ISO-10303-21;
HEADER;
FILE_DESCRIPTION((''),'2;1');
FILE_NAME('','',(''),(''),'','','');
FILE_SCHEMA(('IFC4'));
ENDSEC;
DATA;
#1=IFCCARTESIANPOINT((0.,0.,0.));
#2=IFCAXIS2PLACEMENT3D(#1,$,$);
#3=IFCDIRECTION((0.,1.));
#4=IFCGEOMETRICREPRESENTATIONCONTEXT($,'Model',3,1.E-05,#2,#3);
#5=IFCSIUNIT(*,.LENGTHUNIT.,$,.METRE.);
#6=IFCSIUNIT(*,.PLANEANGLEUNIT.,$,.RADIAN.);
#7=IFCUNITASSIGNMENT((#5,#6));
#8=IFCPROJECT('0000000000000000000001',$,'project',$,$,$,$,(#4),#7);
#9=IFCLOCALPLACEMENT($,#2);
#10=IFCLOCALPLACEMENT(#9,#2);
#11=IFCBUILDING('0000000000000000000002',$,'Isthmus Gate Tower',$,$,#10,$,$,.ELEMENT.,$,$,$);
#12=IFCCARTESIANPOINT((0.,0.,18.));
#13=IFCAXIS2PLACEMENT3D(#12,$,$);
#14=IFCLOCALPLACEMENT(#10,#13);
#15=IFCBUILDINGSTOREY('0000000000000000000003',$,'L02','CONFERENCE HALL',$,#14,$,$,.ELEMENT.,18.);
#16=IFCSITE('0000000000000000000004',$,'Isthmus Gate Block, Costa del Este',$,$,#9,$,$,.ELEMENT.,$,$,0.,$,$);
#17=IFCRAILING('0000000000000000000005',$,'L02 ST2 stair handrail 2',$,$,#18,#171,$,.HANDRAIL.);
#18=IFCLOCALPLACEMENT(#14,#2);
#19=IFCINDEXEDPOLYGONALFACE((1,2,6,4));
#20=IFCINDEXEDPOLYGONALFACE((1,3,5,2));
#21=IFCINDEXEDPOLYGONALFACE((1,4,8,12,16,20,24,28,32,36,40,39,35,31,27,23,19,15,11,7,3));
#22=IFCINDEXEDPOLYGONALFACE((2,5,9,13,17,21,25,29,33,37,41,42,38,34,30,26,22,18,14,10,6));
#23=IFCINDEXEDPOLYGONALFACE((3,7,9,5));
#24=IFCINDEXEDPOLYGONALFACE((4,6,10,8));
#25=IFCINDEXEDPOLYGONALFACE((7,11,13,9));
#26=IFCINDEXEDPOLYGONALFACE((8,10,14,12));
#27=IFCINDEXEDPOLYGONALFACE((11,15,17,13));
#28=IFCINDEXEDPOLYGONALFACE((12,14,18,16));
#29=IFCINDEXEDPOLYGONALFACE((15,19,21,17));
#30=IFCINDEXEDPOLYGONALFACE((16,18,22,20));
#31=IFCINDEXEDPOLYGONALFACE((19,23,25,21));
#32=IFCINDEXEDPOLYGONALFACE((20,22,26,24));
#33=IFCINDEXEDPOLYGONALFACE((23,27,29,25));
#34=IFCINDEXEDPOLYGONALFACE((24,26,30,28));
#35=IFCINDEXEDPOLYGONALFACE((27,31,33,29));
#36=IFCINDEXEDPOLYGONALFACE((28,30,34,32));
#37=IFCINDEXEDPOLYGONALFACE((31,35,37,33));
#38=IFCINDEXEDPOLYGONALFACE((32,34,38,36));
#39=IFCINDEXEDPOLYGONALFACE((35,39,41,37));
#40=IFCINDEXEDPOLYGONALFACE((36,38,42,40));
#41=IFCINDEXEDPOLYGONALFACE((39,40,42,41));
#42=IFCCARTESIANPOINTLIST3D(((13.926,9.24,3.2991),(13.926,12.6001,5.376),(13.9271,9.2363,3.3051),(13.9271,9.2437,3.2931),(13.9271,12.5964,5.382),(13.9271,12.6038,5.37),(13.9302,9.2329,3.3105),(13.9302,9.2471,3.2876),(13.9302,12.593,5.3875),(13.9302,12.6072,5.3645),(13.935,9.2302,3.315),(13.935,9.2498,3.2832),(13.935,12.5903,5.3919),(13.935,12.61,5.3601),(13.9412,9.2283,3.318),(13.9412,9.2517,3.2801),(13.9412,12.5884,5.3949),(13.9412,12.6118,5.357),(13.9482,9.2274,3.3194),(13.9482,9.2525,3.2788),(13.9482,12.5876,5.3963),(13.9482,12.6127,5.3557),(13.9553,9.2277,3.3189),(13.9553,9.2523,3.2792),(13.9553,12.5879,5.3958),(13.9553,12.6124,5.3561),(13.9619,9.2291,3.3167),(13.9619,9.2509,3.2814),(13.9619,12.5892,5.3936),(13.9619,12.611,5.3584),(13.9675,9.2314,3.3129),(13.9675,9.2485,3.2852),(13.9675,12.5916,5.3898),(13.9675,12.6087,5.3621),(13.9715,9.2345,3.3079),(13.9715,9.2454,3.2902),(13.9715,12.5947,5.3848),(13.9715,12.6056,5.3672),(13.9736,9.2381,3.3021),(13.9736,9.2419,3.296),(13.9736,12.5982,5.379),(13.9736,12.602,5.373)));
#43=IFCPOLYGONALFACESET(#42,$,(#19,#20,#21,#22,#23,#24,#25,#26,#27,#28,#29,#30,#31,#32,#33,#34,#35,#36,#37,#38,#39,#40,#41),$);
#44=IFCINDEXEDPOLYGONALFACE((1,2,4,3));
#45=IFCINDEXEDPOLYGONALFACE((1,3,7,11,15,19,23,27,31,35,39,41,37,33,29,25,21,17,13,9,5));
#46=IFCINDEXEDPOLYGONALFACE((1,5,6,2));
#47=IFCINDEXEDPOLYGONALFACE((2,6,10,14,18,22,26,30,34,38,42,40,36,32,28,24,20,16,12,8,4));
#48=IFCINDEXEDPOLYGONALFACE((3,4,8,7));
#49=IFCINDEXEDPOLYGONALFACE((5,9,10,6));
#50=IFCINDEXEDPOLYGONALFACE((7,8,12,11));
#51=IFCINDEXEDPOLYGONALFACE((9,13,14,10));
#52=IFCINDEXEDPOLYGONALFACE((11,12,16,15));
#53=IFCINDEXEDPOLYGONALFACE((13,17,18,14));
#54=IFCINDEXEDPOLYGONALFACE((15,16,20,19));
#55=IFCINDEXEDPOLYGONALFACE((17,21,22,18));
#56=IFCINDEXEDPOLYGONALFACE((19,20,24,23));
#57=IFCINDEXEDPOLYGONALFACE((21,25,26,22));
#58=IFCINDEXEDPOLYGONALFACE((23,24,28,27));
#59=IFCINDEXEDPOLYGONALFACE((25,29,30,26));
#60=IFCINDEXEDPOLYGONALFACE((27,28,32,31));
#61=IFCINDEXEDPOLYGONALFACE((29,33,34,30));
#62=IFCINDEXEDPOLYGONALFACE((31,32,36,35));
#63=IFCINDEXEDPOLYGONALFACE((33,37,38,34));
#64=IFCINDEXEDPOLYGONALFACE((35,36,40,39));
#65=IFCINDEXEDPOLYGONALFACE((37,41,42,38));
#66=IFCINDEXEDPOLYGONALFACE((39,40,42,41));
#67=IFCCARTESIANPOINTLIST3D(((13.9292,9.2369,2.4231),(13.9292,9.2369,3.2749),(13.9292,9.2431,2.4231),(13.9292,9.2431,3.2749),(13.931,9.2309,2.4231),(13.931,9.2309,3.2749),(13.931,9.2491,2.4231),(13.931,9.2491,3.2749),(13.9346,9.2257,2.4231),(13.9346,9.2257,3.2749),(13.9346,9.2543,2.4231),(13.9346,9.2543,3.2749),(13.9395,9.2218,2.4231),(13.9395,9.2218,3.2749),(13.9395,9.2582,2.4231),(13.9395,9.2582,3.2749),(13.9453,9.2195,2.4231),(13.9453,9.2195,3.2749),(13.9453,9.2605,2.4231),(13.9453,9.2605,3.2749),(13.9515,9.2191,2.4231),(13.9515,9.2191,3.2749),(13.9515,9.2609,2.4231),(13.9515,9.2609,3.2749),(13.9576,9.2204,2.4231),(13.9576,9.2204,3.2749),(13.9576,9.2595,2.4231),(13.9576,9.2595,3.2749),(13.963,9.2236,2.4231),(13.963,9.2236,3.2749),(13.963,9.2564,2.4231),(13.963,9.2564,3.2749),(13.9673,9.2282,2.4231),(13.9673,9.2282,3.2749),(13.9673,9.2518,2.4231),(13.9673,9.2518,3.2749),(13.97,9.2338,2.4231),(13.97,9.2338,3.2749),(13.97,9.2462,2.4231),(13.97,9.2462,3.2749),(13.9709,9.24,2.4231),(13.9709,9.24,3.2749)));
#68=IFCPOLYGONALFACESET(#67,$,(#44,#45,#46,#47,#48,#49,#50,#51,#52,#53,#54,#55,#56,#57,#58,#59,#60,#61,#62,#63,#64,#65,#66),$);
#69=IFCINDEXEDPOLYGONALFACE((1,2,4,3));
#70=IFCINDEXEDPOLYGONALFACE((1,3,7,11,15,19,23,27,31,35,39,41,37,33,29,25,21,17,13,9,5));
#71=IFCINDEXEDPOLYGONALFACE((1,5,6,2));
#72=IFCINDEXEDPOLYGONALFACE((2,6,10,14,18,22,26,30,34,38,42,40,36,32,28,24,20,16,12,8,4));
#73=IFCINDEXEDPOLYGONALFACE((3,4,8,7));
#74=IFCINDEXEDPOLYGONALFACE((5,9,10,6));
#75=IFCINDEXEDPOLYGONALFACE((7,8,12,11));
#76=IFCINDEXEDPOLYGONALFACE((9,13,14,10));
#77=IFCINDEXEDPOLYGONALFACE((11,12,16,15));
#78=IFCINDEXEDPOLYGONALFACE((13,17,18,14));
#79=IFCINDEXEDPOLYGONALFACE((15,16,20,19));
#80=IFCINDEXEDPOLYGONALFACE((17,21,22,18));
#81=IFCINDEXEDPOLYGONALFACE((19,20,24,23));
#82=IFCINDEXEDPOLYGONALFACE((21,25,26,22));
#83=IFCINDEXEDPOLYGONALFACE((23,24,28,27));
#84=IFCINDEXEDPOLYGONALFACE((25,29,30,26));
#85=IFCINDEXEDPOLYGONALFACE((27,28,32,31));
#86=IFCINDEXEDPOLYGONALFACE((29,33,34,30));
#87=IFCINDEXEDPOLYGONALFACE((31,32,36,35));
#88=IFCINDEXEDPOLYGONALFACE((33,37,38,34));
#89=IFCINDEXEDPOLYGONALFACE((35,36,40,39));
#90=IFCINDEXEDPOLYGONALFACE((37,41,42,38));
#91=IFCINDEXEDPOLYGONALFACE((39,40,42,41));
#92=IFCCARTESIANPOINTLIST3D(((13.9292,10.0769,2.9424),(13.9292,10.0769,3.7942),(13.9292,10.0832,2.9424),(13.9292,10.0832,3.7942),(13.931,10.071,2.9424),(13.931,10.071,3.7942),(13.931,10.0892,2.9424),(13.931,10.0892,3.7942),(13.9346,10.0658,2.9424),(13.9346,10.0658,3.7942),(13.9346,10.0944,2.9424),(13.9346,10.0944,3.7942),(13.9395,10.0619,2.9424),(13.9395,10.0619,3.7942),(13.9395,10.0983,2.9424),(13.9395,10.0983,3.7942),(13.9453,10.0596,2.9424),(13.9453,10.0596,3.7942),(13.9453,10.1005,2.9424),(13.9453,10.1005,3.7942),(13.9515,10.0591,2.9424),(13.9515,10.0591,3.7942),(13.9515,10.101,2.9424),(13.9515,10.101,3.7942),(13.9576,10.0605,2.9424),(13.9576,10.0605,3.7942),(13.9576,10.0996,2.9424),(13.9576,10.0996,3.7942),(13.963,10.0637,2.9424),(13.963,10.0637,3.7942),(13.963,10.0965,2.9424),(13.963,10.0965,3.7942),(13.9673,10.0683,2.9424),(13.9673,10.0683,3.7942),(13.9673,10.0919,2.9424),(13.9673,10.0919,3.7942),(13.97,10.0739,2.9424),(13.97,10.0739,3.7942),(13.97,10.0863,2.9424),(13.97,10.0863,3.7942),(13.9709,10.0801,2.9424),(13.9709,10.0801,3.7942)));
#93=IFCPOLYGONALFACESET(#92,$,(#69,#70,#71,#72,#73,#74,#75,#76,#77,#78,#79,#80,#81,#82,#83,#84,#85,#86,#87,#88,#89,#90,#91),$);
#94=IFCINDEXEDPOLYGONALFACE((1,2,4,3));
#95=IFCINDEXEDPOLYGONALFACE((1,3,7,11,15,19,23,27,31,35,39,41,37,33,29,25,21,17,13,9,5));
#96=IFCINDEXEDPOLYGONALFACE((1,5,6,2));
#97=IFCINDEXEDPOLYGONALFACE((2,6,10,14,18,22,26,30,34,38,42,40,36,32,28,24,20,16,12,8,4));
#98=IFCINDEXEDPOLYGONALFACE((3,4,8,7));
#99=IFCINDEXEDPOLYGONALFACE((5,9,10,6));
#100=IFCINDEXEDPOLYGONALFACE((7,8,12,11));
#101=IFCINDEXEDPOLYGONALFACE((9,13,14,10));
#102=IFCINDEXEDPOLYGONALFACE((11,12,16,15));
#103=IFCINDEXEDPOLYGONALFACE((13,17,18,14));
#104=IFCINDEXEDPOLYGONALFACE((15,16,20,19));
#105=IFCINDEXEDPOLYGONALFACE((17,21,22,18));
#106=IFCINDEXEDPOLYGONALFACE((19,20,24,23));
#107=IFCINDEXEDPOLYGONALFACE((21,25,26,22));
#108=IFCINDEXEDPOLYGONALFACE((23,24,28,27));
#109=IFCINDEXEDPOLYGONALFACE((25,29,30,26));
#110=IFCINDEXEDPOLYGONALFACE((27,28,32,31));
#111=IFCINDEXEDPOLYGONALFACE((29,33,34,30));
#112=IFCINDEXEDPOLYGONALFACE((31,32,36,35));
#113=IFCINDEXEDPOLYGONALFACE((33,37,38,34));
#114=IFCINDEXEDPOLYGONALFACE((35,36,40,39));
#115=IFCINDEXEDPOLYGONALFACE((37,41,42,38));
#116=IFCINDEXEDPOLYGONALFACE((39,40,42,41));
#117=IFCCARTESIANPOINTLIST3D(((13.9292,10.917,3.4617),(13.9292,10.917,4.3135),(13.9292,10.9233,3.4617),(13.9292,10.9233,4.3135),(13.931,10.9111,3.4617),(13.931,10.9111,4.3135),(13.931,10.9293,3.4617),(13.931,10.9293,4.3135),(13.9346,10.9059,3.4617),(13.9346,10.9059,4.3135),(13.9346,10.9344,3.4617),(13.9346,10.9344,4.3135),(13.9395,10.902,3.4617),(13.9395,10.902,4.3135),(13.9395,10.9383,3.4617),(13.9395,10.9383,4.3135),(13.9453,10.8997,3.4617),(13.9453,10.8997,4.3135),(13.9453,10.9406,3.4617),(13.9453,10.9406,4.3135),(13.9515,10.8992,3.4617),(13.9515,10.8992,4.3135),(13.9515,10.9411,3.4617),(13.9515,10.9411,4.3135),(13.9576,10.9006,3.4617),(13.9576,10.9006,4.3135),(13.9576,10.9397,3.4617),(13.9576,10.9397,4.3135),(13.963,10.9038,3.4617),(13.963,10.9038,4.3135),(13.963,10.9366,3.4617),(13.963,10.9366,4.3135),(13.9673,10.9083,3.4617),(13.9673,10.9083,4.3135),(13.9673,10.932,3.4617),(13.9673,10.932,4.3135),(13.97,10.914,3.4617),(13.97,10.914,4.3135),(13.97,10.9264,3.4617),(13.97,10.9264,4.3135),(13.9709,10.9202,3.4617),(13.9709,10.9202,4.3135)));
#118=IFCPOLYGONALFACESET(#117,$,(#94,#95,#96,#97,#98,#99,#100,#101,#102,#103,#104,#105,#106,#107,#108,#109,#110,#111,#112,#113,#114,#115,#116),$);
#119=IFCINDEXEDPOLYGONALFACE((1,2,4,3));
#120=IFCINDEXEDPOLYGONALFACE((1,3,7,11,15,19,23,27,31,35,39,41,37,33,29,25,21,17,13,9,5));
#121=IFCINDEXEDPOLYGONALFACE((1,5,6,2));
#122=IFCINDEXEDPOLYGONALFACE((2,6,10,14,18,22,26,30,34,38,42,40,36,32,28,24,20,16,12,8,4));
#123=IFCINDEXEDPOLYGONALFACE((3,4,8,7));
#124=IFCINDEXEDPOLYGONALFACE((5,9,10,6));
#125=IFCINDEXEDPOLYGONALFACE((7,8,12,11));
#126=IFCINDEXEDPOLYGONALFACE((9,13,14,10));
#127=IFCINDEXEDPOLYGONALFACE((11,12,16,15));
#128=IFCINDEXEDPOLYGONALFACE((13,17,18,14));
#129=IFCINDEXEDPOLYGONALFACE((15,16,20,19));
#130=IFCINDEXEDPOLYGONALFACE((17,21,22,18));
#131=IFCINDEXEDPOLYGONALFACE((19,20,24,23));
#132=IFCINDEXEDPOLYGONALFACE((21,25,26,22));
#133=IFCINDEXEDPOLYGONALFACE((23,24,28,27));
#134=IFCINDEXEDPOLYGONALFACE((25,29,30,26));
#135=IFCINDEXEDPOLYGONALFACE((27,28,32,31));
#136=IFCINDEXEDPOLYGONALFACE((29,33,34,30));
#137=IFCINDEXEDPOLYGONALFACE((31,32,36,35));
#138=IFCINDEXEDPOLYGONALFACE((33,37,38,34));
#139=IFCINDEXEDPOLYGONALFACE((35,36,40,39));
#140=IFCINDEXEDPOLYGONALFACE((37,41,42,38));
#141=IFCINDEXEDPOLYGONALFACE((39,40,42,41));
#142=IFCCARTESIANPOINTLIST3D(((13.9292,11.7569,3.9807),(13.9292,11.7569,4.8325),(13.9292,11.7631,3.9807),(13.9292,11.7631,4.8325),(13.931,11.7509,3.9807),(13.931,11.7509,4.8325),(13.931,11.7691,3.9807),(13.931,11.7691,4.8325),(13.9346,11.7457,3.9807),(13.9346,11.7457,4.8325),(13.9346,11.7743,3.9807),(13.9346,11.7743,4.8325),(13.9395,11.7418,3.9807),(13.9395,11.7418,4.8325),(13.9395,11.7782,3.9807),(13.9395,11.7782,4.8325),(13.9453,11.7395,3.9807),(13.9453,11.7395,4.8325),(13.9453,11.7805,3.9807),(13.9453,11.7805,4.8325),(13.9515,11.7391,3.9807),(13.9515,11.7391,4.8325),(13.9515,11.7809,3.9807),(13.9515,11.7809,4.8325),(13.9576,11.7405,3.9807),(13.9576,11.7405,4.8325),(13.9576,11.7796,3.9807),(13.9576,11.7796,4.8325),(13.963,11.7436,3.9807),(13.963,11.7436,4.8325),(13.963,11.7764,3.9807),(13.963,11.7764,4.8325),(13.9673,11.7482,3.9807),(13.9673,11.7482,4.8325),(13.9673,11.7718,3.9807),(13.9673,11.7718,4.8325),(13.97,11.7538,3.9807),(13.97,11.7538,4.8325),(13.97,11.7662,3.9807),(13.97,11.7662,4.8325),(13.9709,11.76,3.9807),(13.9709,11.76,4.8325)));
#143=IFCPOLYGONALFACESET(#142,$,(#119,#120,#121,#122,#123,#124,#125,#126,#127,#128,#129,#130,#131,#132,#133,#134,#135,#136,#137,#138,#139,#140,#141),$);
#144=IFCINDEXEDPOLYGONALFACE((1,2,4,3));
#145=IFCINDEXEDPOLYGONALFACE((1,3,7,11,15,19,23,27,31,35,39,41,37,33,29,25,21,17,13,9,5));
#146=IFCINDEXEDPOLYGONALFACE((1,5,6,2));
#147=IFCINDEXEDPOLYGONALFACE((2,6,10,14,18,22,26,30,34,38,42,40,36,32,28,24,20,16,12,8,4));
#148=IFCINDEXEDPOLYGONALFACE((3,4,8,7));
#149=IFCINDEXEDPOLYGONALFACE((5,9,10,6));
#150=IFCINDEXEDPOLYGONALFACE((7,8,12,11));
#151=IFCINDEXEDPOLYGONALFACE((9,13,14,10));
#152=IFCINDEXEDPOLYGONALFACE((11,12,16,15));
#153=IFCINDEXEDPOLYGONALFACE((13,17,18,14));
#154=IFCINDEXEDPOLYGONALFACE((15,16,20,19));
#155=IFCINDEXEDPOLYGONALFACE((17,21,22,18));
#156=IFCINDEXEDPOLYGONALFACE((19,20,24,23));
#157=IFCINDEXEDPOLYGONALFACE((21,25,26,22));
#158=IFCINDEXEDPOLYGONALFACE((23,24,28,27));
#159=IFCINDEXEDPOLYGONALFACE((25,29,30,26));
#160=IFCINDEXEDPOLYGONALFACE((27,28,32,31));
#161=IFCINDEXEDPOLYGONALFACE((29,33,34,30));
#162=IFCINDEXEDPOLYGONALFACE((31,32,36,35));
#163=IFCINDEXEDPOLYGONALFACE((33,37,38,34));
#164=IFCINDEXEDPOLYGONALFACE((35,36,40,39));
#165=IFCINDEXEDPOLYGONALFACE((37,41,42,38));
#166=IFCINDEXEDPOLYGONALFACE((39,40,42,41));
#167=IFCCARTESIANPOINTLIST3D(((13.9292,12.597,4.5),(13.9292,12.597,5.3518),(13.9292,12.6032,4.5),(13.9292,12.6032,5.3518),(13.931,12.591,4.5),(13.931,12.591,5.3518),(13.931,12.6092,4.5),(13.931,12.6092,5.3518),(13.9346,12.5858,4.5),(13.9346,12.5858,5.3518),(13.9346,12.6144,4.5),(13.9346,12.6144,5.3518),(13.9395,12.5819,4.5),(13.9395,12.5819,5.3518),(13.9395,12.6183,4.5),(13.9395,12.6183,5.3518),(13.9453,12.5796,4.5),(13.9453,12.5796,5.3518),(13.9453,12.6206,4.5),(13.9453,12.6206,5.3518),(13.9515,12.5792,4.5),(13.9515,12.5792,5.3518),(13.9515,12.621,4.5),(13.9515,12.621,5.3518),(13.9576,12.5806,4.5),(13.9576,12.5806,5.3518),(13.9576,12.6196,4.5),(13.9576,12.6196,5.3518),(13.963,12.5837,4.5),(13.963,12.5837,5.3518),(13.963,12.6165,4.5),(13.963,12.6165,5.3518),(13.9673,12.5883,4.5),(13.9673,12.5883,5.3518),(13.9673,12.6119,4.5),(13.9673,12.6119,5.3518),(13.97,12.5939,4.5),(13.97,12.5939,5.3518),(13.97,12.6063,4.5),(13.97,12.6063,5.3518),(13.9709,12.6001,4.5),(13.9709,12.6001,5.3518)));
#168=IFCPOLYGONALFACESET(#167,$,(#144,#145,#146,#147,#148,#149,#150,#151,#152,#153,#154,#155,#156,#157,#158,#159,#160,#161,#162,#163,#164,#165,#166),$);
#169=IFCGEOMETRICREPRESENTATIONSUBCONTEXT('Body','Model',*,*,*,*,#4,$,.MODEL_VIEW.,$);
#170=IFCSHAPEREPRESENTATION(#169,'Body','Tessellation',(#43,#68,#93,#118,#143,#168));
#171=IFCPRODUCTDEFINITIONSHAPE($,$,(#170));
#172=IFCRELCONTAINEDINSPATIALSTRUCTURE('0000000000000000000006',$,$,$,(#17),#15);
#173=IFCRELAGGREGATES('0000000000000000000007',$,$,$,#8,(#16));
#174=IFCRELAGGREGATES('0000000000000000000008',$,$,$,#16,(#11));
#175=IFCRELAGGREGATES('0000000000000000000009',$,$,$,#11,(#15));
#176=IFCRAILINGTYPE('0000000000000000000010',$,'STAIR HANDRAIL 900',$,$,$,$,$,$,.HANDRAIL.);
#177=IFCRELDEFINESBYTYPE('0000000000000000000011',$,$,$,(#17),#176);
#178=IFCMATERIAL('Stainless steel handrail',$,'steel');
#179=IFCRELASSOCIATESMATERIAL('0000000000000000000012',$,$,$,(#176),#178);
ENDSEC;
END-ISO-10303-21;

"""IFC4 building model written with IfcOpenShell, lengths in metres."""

from ifc_helpers import new_model, si_unit, direction, frame, origin, origin_2d, place, context, subcontext, project, spatial, circle, extrude, material, type_object, element, save


model = new_model("IFC4")

# Units and contexts
model_context = context("Model", 3, precision=1e-05, world=origin(), true_north=direction((0.0, 1.0)))
body_context = subcontext(model_context, "Body", "Model", "MODEL_VIEW")
ifc_project = project(units=[si_unit("LENGTHUNIT", "METRE"), si_unit("PLANEANGLEUNIT", "RADIAN")], contexts=[model_context])

# Site, building, storey
site_placement = place(None, origin())
site = spatial("IfcSite", under=ifc_project, at=site_placement, Name="Isthmus Gate Block, Costa del Este", CompositionType="ELEMENT", RefElevation=0.0)
building_placement = place(site_placement, origin())
building = spatial("IfcBuilding", under=site, at=building_placement, Name="Isthmus Gate Tower", CompositionType="ELEMENT")
storey_placement = place(building_placement, frame((0.0, 0.0, 18.0)))
storey = spatial("IfcBuildingStorey", under=building, at=storey_placement, Name="L02", Description="CONFERENCE HALL", CompositionType="ELEMENT", Elevation=18.0)

# Railing
ifc_material_1 = material(Name="Stainless steel handrail", Category="steel")
railing_type = type_object("IfcRailingType", Name="STAIR HANDRAIL 900", PredefinedType="HANDRAIL", material=ifc_material_1)
for number, where, name in (
    (1, (13.95, 9.24, 2.4231), "L02 ST2 stair handrail 2"),
):
    element("IfcRailing", number, at=place(storey_placement, frame(where)), inside=storey, type_object=railing_type, Name=name, PredefinedType="HANDRAIL", context=body_context, shape_type="SweptSolid", body=[
        extrude(circle(Radius=0.0239, at=origin_2d()), frame((0.0, 0.0, 0.876), z_axis=(0.0, 0.850623, 0.525776), x_axis=(-1.0, 0.0, 0.0)), (0.0, 0.0, 1.0), 3.9502),
        extrude(circle(Radius=0.021, at=origin_2d()), origin(), (0.0, 0.0, 1.0), 0.8518),
        extrude(circle(Radius=0.021, at=origin_2d()), frame((0.0, 0.8401, 0.5193)), (0.0, 0.0, 1.0), 0.8518),
        extrude(circle(Radius=0.021, at=origin_2d()), frame((0.0, 1.6802, 1.0386)), (0.0, 0.0, 1.0), 0.8518),
        extrude(circle(Radius=0.021, at=origin_2d()), frame((0.0, 2.52, 1.5576)), (0.0, 0.0, 1.0), 0.8518),
        extrude(circle(Radius=0.021, at=origin_2d()), frame((0.0, 3.3601, 2.0769)), (0.0, 0.0, 1.0), 0.8518),
    ])

save(model, "model.ifc")
